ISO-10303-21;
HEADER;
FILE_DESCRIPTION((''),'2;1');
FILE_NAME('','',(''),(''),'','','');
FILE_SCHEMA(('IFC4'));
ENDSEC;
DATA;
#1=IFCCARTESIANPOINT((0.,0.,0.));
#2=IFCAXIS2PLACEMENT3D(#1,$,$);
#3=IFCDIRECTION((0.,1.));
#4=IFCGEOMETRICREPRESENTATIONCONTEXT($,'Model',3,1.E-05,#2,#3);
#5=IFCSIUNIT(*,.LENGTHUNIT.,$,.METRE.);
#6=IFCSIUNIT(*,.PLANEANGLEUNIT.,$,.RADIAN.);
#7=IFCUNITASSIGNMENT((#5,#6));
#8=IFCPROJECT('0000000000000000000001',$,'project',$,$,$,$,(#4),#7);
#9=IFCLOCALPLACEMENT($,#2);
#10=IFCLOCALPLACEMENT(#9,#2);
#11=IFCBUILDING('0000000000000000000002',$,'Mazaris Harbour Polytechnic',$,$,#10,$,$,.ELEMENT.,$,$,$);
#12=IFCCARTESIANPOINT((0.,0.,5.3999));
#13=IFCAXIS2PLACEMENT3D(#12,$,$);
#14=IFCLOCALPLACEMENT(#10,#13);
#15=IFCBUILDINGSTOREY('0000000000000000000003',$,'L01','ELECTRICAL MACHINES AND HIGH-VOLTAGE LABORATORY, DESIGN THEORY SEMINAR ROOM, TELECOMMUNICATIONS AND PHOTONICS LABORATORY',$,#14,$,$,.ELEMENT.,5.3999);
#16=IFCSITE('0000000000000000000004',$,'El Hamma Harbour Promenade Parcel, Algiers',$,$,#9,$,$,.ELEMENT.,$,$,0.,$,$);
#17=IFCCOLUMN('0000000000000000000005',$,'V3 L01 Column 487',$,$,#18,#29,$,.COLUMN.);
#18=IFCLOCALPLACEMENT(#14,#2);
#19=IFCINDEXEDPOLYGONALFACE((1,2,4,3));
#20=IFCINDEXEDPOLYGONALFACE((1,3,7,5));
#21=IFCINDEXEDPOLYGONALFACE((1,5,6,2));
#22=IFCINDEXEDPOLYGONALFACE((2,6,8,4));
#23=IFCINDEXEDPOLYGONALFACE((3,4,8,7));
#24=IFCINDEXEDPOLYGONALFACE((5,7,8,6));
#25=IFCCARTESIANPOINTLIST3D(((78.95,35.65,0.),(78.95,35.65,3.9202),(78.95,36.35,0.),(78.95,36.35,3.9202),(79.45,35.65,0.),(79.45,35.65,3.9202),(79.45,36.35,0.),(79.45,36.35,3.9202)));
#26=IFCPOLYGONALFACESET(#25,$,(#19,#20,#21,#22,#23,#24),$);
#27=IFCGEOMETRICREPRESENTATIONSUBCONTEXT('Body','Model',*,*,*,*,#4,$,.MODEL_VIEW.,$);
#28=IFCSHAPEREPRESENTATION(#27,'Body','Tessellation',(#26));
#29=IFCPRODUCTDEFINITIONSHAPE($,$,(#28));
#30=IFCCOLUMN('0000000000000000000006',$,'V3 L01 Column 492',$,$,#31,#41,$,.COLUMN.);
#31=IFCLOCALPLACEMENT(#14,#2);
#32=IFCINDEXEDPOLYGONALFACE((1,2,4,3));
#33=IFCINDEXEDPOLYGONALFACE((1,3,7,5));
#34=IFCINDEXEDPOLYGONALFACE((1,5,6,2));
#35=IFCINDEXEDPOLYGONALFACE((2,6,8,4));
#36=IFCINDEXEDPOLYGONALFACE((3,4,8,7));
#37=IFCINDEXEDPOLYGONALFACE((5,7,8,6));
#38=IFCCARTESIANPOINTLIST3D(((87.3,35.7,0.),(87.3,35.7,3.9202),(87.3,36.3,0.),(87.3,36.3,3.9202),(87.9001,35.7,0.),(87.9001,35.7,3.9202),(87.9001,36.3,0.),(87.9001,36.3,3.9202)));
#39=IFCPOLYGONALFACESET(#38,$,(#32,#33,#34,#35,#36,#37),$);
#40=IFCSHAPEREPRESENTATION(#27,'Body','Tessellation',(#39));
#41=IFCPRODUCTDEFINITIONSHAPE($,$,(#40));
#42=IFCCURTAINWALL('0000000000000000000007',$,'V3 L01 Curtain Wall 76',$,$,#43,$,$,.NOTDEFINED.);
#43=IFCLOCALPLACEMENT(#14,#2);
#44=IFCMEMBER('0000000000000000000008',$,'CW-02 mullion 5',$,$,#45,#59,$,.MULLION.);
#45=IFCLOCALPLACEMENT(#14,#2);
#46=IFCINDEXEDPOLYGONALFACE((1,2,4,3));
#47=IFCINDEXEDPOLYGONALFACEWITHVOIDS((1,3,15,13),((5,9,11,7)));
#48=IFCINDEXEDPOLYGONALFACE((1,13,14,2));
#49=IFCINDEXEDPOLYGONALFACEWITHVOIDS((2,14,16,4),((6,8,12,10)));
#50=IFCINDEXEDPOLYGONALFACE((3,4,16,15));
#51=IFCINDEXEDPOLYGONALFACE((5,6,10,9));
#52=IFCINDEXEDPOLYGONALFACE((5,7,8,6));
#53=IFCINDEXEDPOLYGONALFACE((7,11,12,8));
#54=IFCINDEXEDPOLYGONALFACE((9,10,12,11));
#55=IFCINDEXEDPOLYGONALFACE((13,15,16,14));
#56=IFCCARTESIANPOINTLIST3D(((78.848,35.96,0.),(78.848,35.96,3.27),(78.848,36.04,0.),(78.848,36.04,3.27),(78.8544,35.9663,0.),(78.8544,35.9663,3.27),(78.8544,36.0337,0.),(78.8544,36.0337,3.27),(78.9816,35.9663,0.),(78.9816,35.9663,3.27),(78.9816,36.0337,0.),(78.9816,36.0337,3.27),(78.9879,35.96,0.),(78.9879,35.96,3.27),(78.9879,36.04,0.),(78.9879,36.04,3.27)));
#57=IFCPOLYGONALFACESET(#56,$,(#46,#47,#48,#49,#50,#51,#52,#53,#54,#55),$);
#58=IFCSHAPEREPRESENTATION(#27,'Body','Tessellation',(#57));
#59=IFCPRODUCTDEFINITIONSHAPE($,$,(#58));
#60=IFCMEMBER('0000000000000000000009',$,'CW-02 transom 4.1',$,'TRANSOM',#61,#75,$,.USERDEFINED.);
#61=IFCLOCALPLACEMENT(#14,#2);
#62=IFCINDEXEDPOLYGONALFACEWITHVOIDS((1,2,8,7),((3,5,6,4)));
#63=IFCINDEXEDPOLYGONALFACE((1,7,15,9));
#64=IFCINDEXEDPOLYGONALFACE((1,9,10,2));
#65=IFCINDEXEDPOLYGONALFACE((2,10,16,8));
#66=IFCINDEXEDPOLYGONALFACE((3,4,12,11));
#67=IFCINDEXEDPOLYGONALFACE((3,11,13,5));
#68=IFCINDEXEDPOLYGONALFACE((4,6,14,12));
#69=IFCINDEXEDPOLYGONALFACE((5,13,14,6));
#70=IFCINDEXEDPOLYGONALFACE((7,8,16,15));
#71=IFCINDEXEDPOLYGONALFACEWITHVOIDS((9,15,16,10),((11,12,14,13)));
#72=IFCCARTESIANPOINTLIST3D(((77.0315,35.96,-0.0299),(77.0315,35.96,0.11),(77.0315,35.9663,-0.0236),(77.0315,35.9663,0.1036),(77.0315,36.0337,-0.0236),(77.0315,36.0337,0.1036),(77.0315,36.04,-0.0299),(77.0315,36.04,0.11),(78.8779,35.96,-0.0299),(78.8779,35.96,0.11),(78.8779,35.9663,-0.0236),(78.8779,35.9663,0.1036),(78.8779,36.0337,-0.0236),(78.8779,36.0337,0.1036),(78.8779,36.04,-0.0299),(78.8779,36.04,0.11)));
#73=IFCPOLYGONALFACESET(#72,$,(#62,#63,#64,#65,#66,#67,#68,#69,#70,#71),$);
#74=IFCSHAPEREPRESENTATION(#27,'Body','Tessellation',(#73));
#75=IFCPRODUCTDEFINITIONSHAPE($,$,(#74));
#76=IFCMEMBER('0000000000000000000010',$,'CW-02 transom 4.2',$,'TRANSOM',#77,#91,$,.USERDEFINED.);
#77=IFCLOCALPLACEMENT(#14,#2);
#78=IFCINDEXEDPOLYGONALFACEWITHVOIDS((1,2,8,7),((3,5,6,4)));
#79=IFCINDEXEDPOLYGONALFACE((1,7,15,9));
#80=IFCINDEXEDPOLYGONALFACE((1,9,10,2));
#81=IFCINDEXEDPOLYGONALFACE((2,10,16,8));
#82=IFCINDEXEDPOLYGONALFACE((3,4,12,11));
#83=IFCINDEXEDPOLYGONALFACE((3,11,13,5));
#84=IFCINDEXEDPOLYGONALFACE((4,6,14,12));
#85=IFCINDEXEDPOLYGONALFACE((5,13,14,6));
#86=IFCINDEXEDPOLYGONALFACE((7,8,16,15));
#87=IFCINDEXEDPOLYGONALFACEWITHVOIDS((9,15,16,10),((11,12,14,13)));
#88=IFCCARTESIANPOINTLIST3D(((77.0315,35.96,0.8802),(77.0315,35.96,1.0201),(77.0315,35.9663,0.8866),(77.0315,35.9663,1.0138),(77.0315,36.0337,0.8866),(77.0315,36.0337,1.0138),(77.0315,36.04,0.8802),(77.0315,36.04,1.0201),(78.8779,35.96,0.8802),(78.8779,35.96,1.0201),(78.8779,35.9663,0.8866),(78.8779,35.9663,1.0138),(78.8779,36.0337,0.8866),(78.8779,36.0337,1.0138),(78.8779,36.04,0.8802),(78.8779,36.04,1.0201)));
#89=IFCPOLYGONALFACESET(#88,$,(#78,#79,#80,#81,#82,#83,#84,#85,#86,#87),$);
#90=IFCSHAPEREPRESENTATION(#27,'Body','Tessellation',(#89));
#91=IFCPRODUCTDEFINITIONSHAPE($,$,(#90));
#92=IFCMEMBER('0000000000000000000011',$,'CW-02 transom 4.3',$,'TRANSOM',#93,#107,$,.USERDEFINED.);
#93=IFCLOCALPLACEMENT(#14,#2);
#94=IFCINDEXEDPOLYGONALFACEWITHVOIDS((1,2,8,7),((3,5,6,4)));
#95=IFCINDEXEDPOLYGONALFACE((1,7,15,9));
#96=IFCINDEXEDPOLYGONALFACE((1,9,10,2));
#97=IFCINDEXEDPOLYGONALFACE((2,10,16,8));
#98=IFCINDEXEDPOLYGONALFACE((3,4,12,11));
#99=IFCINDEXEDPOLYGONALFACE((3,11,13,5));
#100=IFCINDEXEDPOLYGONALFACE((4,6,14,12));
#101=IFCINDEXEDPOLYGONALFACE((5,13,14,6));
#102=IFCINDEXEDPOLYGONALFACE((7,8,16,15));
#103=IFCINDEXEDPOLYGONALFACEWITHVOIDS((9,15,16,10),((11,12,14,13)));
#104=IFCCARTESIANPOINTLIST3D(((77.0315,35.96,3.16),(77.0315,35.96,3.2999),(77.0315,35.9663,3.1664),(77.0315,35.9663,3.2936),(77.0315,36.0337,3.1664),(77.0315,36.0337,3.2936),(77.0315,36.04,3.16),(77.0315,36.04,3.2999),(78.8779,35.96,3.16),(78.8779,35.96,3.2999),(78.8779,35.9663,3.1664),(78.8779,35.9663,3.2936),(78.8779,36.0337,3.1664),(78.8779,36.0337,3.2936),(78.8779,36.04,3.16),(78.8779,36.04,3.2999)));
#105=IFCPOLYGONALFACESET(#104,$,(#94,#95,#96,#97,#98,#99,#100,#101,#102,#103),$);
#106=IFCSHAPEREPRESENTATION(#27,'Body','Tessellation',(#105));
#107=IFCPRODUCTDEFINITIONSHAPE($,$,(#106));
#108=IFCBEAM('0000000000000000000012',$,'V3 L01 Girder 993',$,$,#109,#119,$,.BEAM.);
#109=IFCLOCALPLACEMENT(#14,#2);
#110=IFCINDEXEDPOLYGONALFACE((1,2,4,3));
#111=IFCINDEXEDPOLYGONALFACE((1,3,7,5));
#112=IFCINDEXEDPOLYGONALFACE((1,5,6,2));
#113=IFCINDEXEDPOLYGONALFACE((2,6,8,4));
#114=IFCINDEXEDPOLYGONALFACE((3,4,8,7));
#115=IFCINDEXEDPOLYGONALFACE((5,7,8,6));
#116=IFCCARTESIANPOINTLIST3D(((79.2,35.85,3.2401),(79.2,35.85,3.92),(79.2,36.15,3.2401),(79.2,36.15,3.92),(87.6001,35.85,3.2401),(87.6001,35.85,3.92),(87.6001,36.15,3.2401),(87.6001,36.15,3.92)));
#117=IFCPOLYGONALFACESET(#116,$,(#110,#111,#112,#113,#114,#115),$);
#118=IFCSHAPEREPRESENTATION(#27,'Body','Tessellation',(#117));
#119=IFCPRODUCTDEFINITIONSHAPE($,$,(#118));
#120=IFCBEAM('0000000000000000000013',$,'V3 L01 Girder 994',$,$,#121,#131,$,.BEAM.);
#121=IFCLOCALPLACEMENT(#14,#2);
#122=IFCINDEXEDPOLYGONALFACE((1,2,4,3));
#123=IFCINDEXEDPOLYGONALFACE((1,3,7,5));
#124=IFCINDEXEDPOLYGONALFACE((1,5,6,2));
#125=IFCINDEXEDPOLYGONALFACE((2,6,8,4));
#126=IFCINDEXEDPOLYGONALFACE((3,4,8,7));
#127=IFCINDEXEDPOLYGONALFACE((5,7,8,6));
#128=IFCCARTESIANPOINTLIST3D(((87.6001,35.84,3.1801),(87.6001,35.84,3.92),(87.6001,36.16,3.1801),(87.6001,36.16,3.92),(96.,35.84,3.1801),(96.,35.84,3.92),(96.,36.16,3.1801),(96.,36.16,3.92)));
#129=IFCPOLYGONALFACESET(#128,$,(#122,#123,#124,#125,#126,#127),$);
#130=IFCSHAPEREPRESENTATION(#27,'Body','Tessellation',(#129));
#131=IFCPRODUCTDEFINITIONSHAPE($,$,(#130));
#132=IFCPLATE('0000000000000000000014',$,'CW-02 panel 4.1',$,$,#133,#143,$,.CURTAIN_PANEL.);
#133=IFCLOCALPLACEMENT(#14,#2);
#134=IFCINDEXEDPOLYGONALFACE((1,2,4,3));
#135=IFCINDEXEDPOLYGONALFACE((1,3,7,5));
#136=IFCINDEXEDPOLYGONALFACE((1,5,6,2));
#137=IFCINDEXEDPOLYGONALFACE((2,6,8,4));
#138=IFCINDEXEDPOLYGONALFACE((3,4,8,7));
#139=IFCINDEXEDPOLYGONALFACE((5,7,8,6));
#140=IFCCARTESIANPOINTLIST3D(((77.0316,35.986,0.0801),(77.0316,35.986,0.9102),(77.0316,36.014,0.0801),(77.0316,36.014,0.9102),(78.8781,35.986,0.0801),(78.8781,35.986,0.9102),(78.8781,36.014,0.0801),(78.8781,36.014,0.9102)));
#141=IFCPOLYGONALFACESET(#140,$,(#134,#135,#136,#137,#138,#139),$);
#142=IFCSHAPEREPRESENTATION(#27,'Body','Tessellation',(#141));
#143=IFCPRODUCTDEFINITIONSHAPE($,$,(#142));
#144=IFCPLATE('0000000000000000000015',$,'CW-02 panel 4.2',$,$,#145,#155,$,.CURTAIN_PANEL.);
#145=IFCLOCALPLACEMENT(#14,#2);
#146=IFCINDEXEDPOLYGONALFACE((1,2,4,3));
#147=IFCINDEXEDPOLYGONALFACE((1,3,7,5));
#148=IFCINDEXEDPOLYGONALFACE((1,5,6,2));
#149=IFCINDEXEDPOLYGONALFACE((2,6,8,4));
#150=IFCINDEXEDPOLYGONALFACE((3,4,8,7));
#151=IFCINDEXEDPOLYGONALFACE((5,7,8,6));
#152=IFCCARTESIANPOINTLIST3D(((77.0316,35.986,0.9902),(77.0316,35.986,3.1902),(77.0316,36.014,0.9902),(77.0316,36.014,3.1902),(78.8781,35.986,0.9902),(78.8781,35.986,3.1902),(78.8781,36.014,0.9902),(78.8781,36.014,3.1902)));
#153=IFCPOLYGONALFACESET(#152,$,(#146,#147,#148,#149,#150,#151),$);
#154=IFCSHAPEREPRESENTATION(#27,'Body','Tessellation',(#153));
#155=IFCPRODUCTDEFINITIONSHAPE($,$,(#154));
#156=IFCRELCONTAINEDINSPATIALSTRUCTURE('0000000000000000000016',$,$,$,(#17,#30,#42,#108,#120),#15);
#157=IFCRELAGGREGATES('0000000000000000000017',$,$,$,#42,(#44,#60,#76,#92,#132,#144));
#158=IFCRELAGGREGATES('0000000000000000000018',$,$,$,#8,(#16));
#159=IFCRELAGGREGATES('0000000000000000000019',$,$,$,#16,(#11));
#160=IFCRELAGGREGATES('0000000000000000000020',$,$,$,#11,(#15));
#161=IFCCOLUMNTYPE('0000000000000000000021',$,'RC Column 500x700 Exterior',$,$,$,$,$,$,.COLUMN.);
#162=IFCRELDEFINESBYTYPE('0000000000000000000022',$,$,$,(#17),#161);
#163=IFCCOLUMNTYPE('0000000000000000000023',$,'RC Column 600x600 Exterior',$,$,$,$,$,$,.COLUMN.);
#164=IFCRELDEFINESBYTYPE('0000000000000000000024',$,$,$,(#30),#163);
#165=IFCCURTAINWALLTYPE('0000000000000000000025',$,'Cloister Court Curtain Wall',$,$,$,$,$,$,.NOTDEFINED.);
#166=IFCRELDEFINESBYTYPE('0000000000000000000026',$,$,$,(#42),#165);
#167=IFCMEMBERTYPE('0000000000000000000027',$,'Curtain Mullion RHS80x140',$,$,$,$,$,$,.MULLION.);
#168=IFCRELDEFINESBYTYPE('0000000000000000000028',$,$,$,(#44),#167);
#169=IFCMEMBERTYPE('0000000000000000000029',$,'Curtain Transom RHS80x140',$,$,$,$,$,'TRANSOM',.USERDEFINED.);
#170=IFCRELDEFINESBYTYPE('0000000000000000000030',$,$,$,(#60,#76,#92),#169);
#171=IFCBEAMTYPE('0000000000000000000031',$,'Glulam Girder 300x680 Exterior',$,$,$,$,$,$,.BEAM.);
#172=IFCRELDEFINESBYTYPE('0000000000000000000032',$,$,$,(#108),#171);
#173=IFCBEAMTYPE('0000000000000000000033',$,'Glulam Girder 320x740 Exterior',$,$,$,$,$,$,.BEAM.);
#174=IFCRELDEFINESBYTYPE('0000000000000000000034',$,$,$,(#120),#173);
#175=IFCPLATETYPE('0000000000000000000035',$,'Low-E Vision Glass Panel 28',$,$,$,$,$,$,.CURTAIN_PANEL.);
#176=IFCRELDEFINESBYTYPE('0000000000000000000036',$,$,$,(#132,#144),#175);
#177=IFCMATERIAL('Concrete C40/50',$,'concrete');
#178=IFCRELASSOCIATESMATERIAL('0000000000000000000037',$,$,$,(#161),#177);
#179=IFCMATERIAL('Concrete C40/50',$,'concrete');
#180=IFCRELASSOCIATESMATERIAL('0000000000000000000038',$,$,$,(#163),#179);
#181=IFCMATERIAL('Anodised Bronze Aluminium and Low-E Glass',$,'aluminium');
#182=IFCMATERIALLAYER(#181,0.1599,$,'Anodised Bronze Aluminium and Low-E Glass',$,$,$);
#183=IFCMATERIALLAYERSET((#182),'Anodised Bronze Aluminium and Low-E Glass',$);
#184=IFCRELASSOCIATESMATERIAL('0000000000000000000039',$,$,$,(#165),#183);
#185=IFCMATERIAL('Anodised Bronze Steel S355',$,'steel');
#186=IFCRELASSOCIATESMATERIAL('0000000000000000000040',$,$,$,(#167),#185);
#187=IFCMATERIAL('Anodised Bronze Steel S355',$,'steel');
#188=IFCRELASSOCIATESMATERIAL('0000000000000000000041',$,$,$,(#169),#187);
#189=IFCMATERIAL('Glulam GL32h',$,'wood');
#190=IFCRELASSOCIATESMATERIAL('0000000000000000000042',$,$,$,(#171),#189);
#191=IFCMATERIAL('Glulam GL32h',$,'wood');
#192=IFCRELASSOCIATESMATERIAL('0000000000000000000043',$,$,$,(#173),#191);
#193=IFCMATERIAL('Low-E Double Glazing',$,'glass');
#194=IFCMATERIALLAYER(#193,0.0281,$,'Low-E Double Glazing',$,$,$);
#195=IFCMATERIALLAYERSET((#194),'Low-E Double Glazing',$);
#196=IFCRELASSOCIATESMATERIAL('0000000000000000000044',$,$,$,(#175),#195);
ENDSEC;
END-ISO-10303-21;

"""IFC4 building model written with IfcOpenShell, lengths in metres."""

from ifc_helpers import new_model, si_unit, direction, frame, origin, origin_2d, place, context, subcontext, project, spatial, rectangle, hollow_rectangle, extrude, material, layer, layer_set, material_profile, profile_set, type_object, element, aggregate, save


model = new_model("IFC4")

# Units and contexts
model_context = context("Model", 3, precision=1e-05, world=origin(), true_north=direction((0.0, 1.0)))
body_context = subcontext(model_context, "Body", "Model", "MODEL_VIEW")
ifc_project = project(units=[si_unit("LENGTHUNIT", "METRE"), si_unit("PLANEANGLEUNIT", "RADIAN")], contexts=[model_context])

# Site, building, storey
site_placement = place(None, origin())
site = spatial("IfcSite", under=ifc_project, at=site_placement, Name="El Hamma Harbour Promenade Parcel, Algiers", CompositionType="ELEMENT", RefElevation=0.0)
building_placement = place(site_placement, origin())
building = spatial("IfcBuilding", under=site, at=building_placement, Name="Mazaris Harbour Polytechnic", CompositionType="ELEMENT")
storey_placement = place(building_placement, frame((0.0, 0.0, 5.3999)))
storey = spatial("IfcBuildingStorey", under=building, at=storey_placement, Name="L01", Description="ELECTRICAL MACHINES AND HIGH-VOLTAGE LABORATORY, DESIGN THEORY SEMINAR ROOM, TELECOMMUNICATIONS AND PHOTONICS LABORATORY", CompositionType="ELEMENT", Elevation=5.3999)

# Columns
ifc_material_1 = material(Name="Concrete C40/50", Category="concrete")
ifc_material_profile_1 = material_profile(ifc_material_1, rectangle(XDim=0.5, YDim=0.7, at=origin_2d()), Name="RECT500x700")
ifc_profile_set_1 = profile_set([ifc_material_profile_1], Name="Concrete C40/50")
column_type_1 = type_object("IfcColumnType", Name="RC Column 500x700 Exterior", PredefinedType="COLUMN", material=ifc_profile_set_1)
column_1_placement = place(storey_placement, frame((79.2, 36.0, 0.0), z_axis=(0.0, 0.0, 1.0), x_axis=(1.0, 0.0, 0.0)))
element("IfcColumn", 1, at=column_1_placement, inside=storey, type_object=column_type_1, Name="V3 L01 Column 487", PredefinedType="COLUMN", context=body_context, shape_type="SweptSolid", body=[
    extrude(rectangle(XDim=0.5, YDim=0.7, at=origin_2d()), origin(), (0.0, 0.0, 1.0), 3.9202),
])
ifc_material_2 = material(Name="Concrete C40/50", Category="concrete")
ifc_material_profile_2 = material_profile(ifc_material_2, rectangle(XDim=0.6001, YDim=0.6001, at=origin_2d()), Name="RECT600x600")
ifc_profile_set_2 = profile_set([ifc_material_profile_2], Name="Concrete C40/50")
column_type_2 = type_object("IfcColumnType", Name="RC Column 600x600 Exterior", PredefinedType="COLUMN", material=ifc_profile_set_2)
column_2_placement = place(storey_placement, frame((87.6001, 36.0, 0.0), z_axis=(0.0, 0.0, 1.0), x_axis=(1.0, 0.0, 0.0)))
element("IfcColumn", 2, at=column_2_placement, inside=storey, type_object=column_type_2, Name="V3 L01 Column 492", PredefinedType="COLUMN", context=body_context, shape_type="SweptSolid", body=[
    extrude(rectangle(XDim=0.6001, YDim=0.6001, at=origin_2d()), origin(), (0.0, 0.0, 1.0), 3.9202),
])

# Curtain wall, members
ifc_material_3 = material(Name="Anodised Bronze Aluminium and Low-E Glass", Category="aluminium")
ifc_layer_1 = layer(ifc_material_3, 0.1599, Name="Anodised Bronze Aluminium and Low-E Glass")
ifc_layer_set_1 = layer_set([ifc_layer_1], Name="Anodised Bronze Aluminium and Low-E Glass")
curtain_wall_type = type_object("IfcCurtainWallType", Name="Cloister Court Curtain Wall", PredefinedType="NOTDEFINED", material=ifc_layer_set_1)
curtain_wall_placement = place(storey_placement, origin())
curtain_wall = element("IfcCurtainWall", 3, at=curtain_wall_placement, inside=storey, type_object=curtain_wall_type, Name="V3 L01 Curtain Wall 76", PredefinedType="NOTDEFINED")
ifc_material_4 = material(Name="Anodised Bronze Steel S355", Category="steel")
ifc_material_profile_3 = material_profile(ifc_material_4, hollow_rectangle(XDim=0.0801, YDim=0.1399, WallThickness=0.0063, at=origin_2d()), Name="RHS 80x140x6.3")
ifc_profile_set_3 = profile_set([ifc_material_profile_3], Name="Anodised Bronze Steel S355")
member_type_1 = type_object("IfcMemberType", Name="Curtain Mullion RHS80x140", PredefinedType="MULLION", material=ifc_profile_set_3)
member_1_placement = place(storey_placement, frame((78.918, 36.0, 0.0), z_axis=(0.0, 0.0, 1.0), x_axis=(0.0, 1.0, 0.0)))
member_1 = element("IfcMember", 4, at=member_1_placement, type_object=member_type_1, Name="CW-02 mullion 5", PredefinedType="MULLION", context=body_context, shape_type="SweptSolid", body=[
    extrude(hollow_rectangle(XDim=0.0801, YDim=0.1399, WallThickness=0.0063, at=origin_2d()), origin(), (0.0, 0.0, 1.0), 3.27),
])
ifc_material_5 = material(Name="Anodised Bronze Steel S355", Category="steel")
ifc_material_profile_4 = material_profile(ifc_material_5, hollow_rectangle(XDim=0.0801, YDim=0.1399, WallThickness=0.0063, at=origin_2d()), Name="RHS 80x140x6.3")
ifc_profile_set_4 = profile_set([ifc_material_profile_4], Name="Anodised Bronze Steel S355")
member_type_2 = type_object("IfcMemberType", Name="Curtain Transom RHS80x140", ElementType="TRANSOM", PredefinedType="USERDEFINED", material=ifc_profile_set_4)
member_2_placement = place(storey_placement, frame((77.0315, 36.0, 0.04), z_axis=(1.0, 0.0, 0.0), x_axis=(0.0, 1.0, 0.0)))
member_2 = element("IfcMember", 5, at=member_2_placement, type_object=member_type_2, Name="CW-02 transom 4.1", ObjectType="TRANSOM", PredefinedType="USERDEFINED", context=body_context, shape_type="SweptSolid", body=[
    extrude(hollow_rectangle(XDim=0.0801, YDim=0.1399, WallThickness=0.0063, at=origin_2d()), origin(), (0.0, 0.0, 1.0), 1.8464),
])
member_3_placement = place(storey_placement, frame((77.0315, 36.0, 0.9502), z_axis=(1.0, 0.0, 0.0), x_axis=(0.0, 1.0, 0.0)))
member_3 = element("IfcMember", 6, at=member_3_placement, type_object=member_type_2, Name="CW-02 transom 4.2", ObjectType="TRANSOM", PredefinedType="USERDEFINED", context=body_context, shape_type="SweptSolid", body=[
    extrude(hollow_rectangle(XDim=0.0801, YDim=0.1399, WallThickness=0.0063, at=origin_2d()), origin(), (0.0, 0.0, 1.0), 1.8464),
])
member_4_placement = place(storey_placement, frame((77.0315, 36.0, 3.23), z_axis=(1.0, 0.0, 0.0), x_axis=(0.0, 1.0, 0.0)))
member_4 = element("IfcMember", 7, at=member_4_placement, type_object=member_type_2, Name="CW-02 transom 4.3", ObjectType="TRANSOM", PredefinedType="USERDEFINED", context=body_context, shape_type="SweptSolid", body=[
    extrude(hollow_rectangle(XDim=0.0801, YDim=0.1399, WallThickness=0.0063, at=origin_2d()), origin(), (0.0, 0.0, 1.0), 1.8464),
])

# Beams
ifc_material_6 = material(Name="Glulam GL32h", Category="wood")
ifc_material_profile_5 = material_profile(ifc_material_6, rectangle(XDim=0.3, YDim=0.6799, at=origin_2d()), Name="RECT300x680")
ifc_profile_set_5 = profile_set([ifc_material_profile_5], Name="Glulam GL32h")
beam_type_1 = type_object("IfcBeamType", Name="Glulam Girder 300x680 Exterior", PredefinedType="BEAM", material=ifc_profile_set_5)
beam_1_placement = place(storey_placement, frame((79.2, 36.0, 3.5801), z_axis=(1.0, 0.0, 0.0), x_axis=(0.0, 1.0, 0.0)))
element("IfcBeam", 8, at=beam_1_placement, inside=storey, type_object=beam_type_1, Name="V3 L01 Girder 993", PredefinedType="BEAM", context=body_context, shape_type="SweptSolid", body=[
    extrude(rectangle(XDim=0.3, YDim=0.6799, at=origin_2d()), origin(), (0.0, 0.0, 1.0), 8.4001),
])
ifc_material_7 = material(Name="Glulam GL32h", Category="wood")
ifc_material_profile_6 = material_profile(ifc_material_7, rectangle(XDim=0.3201, YDim=0.74, at=origin_2d()), Name="RECT320x740")
ifc_profile_set_6 = profile_set([ifc_material_profile_6], Name="Glulam GL32h")
beam_type_2 = type_object("IfcBeamType", Name="Glulam Girder 320x740 Exterior", PredefinedType="BEAM", material=ifc_profile_set_6)
beam_2_placement = place(storey_placement, frame((87.6001, 36.0, 3.55), z_axis=(1.0, 0.0, 0.0), x_axis=(0.0, 1.0, 0.0)))
element("IfcBeam", 9, at=beam_2_placement, inside=storey, type_object=beam_type_2, Name="V3 L01 Girder 994", PredefinedType="BEAM", context=body_context, shape_type="SweptSolid", body=[
    extrude(rectangle(XDim=0.3201, YDim=0.74, at=origin_2d()), origin(), (0.0, 0.0, 1.0), 8.3999),
])

# Plates
ifc_material_8 = material(Name="Low-E Double Glazing", Category="glass")
ifc_layer_2 = layer(ifc_material_8, 0.0281, Name="Low-E Double Glazing")
ifc_layer_set_2 = layer_set([ifc_layer_2], Name="Low-E Double Glazing")
plate_type = type_object("IfcPlateType", Name="Low-E Vision Glass Panel 28", PredefinedType="CURTAIN_PANEL", material=ifc_layer_set_2)
plate_1_placement = place(storey_placement, frame((77.9548, 36.0, 0.0801), z_axis=(0.0, 0.0, 1.0), x_axis=(1.0, 0.0, 0.0)))
plate_1 = element("IfcPlate", 10, at=plate_1_placement, type_object=plate_type, Name="CW-02 panel 4.1", PredefinedType="CURTAIN_PANEL", context=body_context, shape_type="SweptSolid", body=[
    extrude(rectangle(XDim=1.8464, YDim=0.0281, at=origin_2d()), origin(), (0.0, 0.0, 1.0), 0.8301),
])
plate_2_placement = place(storey_placement, frame((77.9548, 36.0, 0.9902), z_axis=(0.0, 0.0, 1.0), x_axis=(1.0, 0.0, 0.0)))
plate_2 = element("IfcPlate", 11, at=plate_2_placement, type_object=plate_type, Name="CW-02 panel 4.2", PredefinedType="CURTAIN_PANEL", context=body_context, shape_type="SweptSolid", body=[
    extrude(rectangle(XDim=1.8464, YDim=0.0281, at=origin_2d()), origin(), (0.0, 0.0, 1.0), 2.2),
])
aggregate(curtain_wall, [member_1, member_2, member_3, member_4, plate_1, plate_2])

save(model, "model.ifc")
